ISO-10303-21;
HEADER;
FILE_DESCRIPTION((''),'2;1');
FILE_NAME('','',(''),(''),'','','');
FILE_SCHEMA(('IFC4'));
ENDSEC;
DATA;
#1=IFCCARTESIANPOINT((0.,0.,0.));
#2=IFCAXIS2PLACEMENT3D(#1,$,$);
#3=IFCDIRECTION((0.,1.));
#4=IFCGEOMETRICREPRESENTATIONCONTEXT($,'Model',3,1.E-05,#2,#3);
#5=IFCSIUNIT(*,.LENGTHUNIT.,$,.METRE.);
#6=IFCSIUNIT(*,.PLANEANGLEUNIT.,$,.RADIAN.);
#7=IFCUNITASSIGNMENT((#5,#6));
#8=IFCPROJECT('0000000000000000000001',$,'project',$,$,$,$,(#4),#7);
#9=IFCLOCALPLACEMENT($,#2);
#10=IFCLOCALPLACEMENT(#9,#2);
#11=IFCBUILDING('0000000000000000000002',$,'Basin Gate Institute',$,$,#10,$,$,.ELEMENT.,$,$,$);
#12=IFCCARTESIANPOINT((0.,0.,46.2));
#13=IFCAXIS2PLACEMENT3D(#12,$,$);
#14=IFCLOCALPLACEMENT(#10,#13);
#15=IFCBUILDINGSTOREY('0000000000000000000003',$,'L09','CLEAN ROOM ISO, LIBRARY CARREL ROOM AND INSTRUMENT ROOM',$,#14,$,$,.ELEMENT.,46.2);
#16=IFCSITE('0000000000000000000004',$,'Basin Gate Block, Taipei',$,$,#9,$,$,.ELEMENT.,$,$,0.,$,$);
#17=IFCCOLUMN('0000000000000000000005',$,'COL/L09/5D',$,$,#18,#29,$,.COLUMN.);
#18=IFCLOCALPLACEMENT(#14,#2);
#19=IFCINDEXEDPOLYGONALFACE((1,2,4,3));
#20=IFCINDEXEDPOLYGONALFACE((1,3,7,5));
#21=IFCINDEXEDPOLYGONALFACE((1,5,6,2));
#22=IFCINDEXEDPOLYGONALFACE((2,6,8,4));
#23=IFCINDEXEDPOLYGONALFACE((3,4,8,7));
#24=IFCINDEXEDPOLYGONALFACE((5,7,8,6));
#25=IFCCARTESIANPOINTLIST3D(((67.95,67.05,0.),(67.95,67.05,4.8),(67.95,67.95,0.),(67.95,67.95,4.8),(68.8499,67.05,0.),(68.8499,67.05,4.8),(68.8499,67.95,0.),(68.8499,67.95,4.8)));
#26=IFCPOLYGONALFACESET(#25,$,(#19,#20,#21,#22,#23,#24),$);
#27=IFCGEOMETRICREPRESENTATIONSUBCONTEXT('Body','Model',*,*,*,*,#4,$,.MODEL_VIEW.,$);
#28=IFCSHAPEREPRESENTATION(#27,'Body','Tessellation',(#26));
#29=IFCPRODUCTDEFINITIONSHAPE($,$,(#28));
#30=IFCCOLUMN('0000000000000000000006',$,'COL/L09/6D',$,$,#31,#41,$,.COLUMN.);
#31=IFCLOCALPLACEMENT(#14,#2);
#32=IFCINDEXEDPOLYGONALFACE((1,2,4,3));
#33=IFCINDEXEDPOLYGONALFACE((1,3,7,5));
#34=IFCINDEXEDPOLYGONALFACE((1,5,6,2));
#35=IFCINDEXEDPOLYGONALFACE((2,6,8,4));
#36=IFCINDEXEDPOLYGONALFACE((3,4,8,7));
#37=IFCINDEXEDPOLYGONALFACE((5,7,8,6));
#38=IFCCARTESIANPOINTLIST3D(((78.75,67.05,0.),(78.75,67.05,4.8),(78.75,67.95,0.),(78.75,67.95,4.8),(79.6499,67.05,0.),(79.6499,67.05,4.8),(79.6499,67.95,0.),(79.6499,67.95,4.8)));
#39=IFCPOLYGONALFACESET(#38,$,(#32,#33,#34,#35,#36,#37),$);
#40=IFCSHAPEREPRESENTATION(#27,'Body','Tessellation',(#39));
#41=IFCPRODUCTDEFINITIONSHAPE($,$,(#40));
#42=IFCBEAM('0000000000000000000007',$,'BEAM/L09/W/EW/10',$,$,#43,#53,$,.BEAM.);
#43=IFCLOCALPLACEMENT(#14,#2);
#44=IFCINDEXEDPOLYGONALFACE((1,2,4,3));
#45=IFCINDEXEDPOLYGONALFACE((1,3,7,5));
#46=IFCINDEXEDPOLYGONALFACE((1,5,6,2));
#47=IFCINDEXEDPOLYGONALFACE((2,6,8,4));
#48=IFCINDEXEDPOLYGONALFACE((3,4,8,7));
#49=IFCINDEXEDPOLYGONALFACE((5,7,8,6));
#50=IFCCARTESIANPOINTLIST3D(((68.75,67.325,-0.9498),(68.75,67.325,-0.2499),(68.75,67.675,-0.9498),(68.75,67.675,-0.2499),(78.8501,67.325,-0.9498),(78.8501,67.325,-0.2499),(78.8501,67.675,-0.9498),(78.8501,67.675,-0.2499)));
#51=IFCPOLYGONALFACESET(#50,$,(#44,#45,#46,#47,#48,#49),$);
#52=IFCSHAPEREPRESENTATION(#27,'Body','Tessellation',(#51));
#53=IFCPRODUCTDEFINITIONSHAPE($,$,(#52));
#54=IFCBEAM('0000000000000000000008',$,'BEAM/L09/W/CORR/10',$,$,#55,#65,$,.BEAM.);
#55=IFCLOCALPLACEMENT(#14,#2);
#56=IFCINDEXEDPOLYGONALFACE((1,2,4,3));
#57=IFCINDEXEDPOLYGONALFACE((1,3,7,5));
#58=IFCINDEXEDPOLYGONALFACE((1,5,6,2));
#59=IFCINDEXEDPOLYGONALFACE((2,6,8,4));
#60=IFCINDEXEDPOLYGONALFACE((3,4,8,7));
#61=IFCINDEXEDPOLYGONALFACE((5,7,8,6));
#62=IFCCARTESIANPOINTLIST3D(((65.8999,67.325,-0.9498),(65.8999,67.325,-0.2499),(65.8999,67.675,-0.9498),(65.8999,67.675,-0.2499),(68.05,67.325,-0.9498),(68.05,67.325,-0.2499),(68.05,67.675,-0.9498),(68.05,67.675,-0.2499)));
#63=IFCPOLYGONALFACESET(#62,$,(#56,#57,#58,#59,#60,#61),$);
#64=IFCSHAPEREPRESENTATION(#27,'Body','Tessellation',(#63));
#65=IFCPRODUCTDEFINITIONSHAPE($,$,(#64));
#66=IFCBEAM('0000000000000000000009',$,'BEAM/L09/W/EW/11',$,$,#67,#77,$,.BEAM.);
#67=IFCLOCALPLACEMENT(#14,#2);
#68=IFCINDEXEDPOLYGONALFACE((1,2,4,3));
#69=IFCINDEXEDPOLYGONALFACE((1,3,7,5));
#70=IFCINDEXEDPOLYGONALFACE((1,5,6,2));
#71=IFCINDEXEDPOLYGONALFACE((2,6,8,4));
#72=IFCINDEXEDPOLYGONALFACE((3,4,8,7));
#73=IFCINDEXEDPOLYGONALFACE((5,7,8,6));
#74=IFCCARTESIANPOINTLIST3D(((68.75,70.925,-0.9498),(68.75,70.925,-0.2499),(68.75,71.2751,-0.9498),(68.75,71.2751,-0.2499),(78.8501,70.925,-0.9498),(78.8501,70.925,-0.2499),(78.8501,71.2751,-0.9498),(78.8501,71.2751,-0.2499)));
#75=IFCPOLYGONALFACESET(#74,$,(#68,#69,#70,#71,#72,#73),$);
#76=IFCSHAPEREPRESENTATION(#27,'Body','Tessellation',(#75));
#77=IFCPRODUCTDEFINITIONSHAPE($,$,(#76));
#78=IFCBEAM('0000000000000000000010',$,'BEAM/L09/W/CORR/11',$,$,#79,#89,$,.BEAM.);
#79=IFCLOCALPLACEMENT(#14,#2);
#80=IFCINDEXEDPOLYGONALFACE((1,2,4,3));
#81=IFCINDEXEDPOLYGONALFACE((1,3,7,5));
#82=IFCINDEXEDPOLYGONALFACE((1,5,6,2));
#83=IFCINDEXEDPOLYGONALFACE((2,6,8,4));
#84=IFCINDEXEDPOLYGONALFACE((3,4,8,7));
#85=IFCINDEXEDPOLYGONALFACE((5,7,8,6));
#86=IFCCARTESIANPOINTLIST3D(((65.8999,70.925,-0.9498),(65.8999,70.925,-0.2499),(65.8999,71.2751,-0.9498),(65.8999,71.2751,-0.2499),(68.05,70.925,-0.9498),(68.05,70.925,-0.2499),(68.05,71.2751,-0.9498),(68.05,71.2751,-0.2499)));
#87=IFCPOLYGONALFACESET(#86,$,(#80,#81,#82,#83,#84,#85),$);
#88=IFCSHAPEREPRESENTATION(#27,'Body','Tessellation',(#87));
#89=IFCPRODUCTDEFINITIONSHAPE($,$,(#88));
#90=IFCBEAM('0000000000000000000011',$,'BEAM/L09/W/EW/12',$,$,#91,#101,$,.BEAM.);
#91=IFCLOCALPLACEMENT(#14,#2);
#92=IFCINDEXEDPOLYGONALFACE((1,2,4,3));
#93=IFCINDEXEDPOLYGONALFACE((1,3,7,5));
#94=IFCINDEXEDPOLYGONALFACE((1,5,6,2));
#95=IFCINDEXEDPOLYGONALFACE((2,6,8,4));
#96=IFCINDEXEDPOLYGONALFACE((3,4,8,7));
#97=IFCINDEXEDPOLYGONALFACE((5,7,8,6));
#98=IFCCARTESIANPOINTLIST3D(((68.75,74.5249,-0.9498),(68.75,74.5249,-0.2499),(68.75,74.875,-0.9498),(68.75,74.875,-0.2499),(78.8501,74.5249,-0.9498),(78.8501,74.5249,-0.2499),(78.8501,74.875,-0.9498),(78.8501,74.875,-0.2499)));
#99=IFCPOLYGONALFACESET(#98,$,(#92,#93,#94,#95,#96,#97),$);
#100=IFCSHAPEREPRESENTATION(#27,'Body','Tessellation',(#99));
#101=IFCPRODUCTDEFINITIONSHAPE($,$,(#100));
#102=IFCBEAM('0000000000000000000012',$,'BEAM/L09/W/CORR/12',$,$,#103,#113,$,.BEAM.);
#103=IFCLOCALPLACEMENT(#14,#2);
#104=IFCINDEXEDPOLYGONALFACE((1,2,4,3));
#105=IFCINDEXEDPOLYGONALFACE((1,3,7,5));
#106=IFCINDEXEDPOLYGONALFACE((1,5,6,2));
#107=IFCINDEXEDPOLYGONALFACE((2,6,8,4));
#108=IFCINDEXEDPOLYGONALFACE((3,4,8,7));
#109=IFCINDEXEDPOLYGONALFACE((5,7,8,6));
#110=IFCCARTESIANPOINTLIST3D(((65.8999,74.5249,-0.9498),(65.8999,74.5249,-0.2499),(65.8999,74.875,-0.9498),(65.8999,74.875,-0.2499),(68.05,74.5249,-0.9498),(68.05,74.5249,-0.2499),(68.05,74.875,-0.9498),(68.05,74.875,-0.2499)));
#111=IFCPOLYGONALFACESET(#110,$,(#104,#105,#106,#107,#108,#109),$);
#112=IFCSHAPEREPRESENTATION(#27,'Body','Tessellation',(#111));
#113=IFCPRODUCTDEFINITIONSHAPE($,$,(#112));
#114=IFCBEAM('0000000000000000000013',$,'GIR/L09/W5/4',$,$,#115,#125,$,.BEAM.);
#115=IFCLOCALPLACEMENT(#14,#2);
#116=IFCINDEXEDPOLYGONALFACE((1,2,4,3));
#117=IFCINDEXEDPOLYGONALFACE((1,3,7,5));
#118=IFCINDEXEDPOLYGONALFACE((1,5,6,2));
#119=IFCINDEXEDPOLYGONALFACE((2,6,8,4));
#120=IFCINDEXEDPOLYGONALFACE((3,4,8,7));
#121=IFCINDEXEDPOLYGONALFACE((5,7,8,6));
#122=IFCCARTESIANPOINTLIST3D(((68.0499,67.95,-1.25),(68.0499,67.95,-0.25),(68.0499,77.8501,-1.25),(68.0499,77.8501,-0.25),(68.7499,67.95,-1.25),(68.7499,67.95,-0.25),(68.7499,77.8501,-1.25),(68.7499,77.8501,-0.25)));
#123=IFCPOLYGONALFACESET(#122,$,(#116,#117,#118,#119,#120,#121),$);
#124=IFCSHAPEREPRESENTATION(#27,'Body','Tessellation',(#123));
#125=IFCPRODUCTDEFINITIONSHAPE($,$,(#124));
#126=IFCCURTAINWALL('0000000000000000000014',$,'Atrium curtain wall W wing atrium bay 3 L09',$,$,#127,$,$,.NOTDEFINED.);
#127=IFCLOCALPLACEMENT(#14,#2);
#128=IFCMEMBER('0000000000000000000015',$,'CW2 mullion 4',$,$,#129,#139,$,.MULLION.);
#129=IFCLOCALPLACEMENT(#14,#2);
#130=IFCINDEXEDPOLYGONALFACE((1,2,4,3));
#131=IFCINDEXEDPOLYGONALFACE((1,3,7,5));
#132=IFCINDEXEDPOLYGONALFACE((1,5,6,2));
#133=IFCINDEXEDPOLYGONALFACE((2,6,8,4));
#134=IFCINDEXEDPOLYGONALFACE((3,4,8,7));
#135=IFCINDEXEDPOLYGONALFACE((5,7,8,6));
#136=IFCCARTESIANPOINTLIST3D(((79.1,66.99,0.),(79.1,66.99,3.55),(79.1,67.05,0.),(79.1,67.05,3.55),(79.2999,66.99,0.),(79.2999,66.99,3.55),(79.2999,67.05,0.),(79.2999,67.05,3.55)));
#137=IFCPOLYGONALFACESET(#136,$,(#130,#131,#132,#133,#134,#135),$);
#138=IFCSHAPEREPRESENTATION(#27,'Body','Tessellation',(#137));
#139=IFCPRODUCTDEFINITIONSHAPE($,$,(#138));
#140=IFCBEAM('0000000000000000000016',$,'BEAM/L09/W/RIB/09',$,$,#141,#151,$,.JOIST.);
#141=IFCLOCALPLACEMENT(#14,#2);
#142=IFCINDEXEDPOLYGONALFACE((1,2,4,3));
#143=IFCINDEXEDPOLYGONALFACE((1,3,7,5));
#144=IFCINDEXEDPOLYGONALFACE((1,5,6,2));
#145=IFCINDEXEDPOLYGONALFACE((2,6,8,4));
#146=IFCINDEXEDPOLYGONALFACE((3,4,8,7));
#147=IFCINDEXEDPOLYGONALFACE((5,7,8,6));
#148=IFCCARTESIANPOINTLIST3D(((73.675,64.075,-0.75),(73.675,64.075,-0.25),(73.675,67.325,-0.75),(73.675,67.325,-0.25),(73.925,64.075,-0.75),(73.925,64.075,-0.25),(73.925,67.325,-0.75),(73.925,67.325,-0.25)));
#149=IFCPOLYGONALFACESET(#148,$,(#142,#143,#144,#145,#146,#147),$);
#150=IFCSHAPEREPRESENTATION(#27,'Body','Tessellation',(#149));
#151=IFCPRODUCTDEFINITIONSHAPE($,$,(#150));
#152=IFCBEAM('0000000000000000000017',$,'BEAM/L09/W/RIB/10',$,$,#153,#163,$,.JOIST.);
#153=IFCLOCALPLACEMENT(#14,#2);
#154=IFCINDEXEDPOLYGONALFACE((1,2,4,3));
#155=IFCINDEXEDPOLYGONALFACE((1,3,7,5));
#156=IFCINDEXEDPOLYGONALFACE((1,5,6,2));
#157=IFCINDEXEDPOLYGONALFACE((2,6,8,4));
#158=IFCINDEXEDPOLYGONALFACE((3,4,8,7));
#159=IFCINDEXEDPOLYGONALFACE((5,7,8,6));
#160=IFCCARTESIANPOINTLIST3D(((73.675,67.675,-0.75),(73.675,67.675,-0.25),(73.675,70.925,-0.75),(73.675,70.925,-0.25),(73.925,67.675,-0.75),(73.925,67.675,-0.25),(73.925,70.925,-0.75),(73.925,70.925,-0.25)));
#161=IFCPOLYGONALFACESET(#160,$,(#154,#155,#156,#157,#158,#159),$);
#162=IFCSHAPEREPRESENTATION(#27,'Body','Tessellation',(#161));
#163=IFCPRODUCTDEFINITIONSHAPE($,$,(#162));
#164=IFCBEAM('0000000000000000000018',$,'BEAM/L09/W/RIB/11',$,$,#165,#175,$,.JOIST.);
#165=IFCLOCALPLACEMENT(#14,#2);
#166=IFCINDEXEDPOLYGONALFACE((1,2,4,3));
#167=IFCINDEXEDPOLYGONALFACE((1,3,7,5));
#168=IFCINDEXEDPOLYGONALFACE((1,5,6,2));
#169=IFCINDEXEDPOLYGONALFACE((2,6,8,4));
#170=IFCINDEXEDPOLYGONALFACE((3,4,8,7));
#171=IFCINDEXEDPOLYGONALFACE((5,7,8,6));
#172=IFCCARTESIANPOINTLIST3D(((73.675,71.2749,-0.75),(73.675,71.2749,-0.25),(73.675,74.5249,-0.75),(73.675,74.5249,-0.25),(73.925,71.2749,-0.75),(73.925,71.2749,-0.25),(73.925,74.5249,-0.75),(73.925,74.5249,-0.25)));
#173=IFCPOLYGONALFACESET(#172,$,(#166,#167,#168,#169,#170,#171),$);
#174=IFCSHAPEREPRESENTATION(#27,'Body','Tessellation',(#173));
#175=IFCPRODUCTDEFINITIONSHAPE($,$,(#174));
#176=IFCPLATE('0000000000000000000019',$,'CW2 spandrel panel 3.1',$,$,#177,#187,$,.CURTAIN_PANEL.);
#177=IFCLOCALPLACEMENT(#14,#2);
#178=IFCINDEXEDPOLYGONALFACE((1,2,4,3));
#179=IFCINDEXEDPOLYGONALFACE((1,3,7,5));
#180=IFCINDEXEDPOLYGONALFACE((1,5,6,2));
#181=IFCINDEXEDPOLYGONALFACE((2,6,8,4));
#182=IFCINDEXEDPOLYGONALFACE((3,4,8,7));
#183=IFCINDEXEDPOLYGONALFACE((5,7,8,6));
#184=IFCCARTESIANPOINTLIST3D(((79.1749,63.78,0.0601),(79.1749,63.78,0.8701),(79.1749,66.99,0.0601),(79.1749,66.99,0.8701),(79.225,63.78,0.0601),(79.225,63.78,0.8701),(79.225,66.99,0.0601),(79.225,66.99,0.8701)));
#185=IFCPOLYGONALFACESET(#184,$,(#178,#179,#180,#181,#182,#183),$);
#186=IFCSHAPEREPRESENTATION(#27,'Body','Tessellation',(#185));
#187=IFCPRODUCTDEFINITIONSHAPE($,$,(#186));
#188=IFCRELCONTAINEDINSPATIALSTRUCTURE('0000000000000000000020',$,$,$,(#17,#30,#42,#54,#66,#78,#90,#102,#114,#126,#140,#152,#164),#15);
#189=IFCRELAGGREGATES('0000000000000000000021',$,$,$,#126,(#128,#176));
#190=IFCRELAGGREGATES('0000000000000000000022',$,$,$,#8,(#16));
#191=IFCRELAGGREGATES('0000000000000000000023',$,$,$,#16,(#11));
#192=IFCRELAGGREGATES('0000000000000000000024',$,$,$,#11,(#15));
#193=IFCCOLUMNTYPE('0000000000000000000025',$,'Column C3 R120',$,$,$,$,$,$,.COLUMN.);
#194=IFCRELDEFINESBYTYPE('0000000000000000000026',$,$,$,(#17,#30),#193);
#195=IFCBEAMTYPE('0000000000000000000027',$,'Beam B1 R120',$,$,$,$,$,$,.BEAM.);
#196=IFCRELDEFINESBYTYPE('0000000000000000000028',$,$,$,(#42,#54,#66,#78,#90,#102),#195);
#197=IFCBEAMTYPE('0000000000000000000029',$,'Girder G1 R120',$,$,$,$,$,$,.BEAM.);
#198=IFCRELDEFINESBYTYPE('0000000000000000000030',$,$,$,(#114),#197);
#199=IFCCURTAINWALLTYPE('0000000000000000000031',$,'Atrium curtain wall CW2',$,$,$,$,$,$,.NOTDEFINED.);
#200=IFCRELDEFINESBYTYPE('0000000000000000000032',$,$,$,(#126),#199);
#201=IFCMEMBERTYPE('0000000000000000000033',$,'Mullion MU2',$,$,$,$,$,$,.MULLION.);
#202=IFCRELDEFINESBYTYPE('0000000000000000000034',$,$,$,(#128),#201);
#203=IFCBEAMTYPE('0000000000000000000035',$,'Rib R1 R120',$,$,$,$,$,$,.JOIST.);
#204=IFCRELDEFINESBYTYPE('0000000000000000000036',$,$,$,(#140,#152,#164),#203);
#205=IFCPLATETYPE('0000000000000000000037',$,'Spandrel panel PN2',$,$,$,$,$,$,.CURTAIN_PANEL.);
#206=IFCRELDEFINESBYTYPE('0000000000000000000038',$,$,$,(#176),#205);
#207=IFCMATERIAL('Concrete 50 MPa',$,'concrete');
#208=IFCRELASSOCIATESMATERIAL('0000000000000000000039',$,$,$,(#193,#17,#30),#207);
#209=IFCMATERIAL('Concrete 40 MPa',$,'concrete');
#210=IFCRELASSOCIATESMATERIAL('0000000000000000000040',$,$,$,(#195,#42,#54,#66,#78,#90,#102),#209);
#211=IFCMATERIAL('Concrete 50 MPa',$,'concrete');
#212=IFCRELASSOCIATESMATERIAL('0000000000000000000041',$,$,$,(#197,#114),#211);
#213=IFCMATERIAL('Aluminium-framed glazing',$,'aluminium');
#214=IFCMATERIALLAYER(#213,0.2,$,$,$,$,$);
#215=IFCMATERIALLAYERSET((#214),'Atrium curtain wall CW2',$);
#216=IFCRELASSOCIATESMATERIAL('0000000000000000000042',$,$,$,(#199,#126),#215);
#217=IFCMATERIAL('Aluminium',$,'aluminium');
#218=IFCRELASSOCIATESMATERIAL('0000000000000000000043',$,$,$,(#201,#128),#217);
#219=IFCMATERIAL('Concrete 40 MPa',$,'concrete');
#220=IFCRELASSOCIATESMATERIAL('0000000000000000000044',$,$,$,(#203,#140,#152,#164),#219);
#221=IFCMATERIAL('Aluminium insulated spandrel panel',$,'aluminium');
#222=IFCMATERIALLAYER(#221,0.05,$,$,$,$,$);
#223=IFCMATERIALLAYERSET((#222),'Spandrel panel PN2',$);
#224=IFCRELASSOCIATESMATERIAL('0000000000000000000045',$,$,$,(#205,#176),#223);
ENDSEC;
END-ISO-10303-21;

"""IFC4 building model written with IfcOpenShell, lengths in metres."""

from ifc_helpers import new_model, si_unit, direction, frame, origin, origin_2d, place, context, subcontext, project, spatial, rectangle, extrude, material, layer, layer_set, material_profile, profile_set, type_object, element, aggregate, save


model = new_model("IFC4")

# Units and contexts
model_context = context("Model", 3, precision=1e-05, world=origin(), true_north=direction((0.0, 1.0)))
body_context = subcontext(model_context, "Body", "Model", "MODEL_VIEW")
ifc_project = project(units=[si_unit("LENGTHUNIT", "METRE"), si_unit("PLANEANGLEUNIT", "RADIAN")], contexts=[model_context])

# Site, building, storey
site_placement = place(None, origin())
site = spatial("IfcSite", under=ifc_project, at=site_placement, Name="Basin Gate Block, Taipei", CompositionType="ELEMENT", RefElevation=0.0)
building_placement = place(site_placement, origin())
building = spatial("IfcBuilding", under=site, at=building_placement, Name="Basin Gate Institute", CompositionType="ELEMENT")
storey_placement = place(building_placement, frame((0.0, 0.0, 46.2)))
storey = spatial("IfcBuildingStorey", under=building, at=storey_placement, Name="L09", Description="CLEAN ROOM ISO, LIBRARY CARREL ROOM AND INSTRUMENT ROOM", CompositionType="ELEMENT", Elevation=46.2)

# Columns
ifc_material_1 = material(Name="Concrete 50 MPa", Category="concrete")
ifc_material_profile_1 = material_profile(ifc_material_1, rectangle(XDim=0.8999, YDim=0.8999, at=origin_2d()), Name="Column C3 900 x 900")
ifc_profile_set_1 = profile_set([ifc_material_profile_1], Name="Concrete 50 MPa")
column_type = type_object("IfcColumnType", Name="Column C3 R120", PredefinedType="COLUMN", material=ifc_profile_set_1)
for number, where, z_axis, x_axis, name in (
    (1, (68.3999, 67.5, 0.0), (0.0, 0.0, 1.0), (1.0, 0.0, 0.0), "COL/L09/5D"),
    (2, (79.2, 67.5, 0.0), (0.0, 0.0, 1.0), (1.0, 0.0, 0.0), "COL/L09/6D"),
):
    element("IfcColumn", number, at=place(storey_placement, frame(where, z_axis=z_axis, x_axis=x_axis)), inside=storey, type_object=column_type, material=ifc_profile_set_1, Name=name, PredefinedType="COLUMN", context=body_context, shape_type="SweptSolid", body=[
        extrude(rectangle(XDim=0.8999, YDim=0.8999, at=origin_2d()), origin(), (0.0, 0.0, 1.0), 4.8),
    ])

# Beams
ifc_material_2 = material(Name="Concrete 40 MPa", Category="concrete")
ifc_material_profile_2 = material_profile(ifc_material_2, rectangle(XDim=0.3501, YDim=0.7, at=origin_2d()), Name="Beam B1 350 x 700")
ifc_profile_set_2 = profile_set([ifc_material_profile_2], Name="Concrete 40 MPa")
beam_type_1 = type_object("IfcBeamType", Name="Beam B1 R120", PredefinedType="BEAM", material=ifc_profile_set_2)
beam_1_placement = place(storey_placement, frame((68.75, 67.5, -0.5999), z_axis=(1.0, 0.0, 0.0), x_axis=(0.0, 1.0, 0.0)))
element("IfcBeam", 3, at=beam_1_placement, inside=storey, type_object=beam_type_1, material=ifc_profile_set_2, Name="BEAM/L09/W/EW/10", PredefinedType="BEAM", context=body_context, shape_type="SweptSolid", body=[
    extrude(rectangle(XDim=0.3501, YDim=0.7, at=origin_2d()), origin(), (0.0, 0.0, 1.0), 10.1001),
])
beam_2_placement = place(storey_placement, frame((65.8999, 67.5, -0.5999), z_axis=(1.0, 0.0, 0.0), x_axis=(0.0, 1.0, 0.0)))
element("IfcBeam", 4, at=beam_2_placement, inside=storey, type_object=beam_type_1, material=ifc_profile_set_2, Name="BEAM/L09/W/CORR/10", PredefinedType="BEAM", context=body_context, shape_type="SweptSolid", body=[
    extrude(rectangle(XDim=0.3501, YDim=0.7, at=origin_2d()), origin(), (0.0, 0.0, 1.0), 2.1501),
])
beam_3_placement = place(storey_placement, frame((68.75, 71.1001, -0.5999), z_axis=(1.0, 0.0, 0.0), x_axis=(0.0, 1.0, 0.0)))
element("IfcBeam", 5, at=beam_3_placement, inside=storey, type_object=beam_type_1, material=ifc_profile_set_2, Name="BEAM/L09/W/EW/11", PredefinedType="BEAM", context=body_context, shape_type="SweptSolid", body=[
    extrude(rectangle(XDim=0.3501, YDim=0.7, at=origin_2d()), origin(), (0.0, 0.0, 1.0), 10.1001),
])
beam_4_placement = place(storey_placement, frame((65.8999, 71.1001, -0.5999), z_axis=(1.0, 0.0, 0.0), x_axis=(0.0, 1.0, 0.0)))
element("IfcBeam", 6, at=beam_4_placement, inside=storey, type_object=beam_type_1, material=ifc_profile_set_2, Name="BEAM/L09/W/CORR/11", PredefinedType="BEAM", context=body_context, shape_type="SweptSolid", body=[
    extrude(rectangle(XDim=0.3501, YDim=0.7, at=origin_2d()), origin(), (0.0, 0.0, 1.0), 2.1501),
])
beam_5_placement = place(storey_placement, frame((68.75, 74.7, -0.5999), z_axis=(1.0, 0.0, 0.0), x_axis=(0.0, 1.0, 0.0)))
element("IfcBeam", 7, at=beam_5_placement, inside=storey, type_object=beam_type_1, material=ifc_profile_set_2, Name="BEAM/L09/W/EW/12", PredefinedType="BEAM", context=body_context, shape_type="SweptSolid", body=[
    extrude(rectangle(XDim=0.3501, YDim=0.7, at=origin_2d()), origin(), (0.0, 0.0, 1.0), 10.1001),
])
beam_6_placement = place(storey_placement, frame((65.8999, 74.7, -0.5999), z_axis=(1.0, 0.0, 0.0), x_axis=(0.0, 1.0, 0.0)))
element("IfcBeam", 8, at=beam_6_placement, inside=storey, type_object=beam_type_1, material=ifc_profile_set_2, Name="BEAM/L09/W/CORR/12", PredefinedType="BEAM", context=body_context, shape_type="SweptSolid", body=[
    extrude(rectangle(XDim=0.3501, YDim=0.7, at=origin_2d()), origin(), (0.0, 0.0, 1.0), 2.1501),
])
ifc_material_3 = material(Name="Concrete 50 MPa", Category="concrete")
ifc_material_profile_3 = material_profile(ifc_material_3, rectangle(XDim=0.7, YDim=1.0, at=origin_2d()), Name="Girder G1 700 x 1000")
ifc_profile_set_3 = profile_set([ifc_material_profile_3], Name="Concrete 50 MPa")
beam_type_2 = type_object("IfcBeamType", Name="Girder G1 R120", PredefinedType="BEAM", material=ifc_profile_set_3)
beam_7_placement = place(storey_placement, frame((68.3999, 67.95, -0.75), z_axis=(0.0, 1.0, 0.0), x_axis=(-1.0, 0.0, 0.0)))
element("IfcBeam", 9, at=beam_7_placement, inside=storey, type_object=beam_type_2, material=ifc_profile_set_3, Name="GIR/L09/W5/4", PredefinedType="BEAM", context=body_context, shape_type="SweptSolid", body=[
    extrude(rectangle(XDim=0.7, YDim=1.0, at=origin_2d()), origin(), (0.0, 0.0, 1.0), 9.9001),
])

# Curtain wall, member
ifc_material_4 = material(Name="Aluminium-framed glazing", Category="aluminium")
ifc_layer_1 = layer(ifc_material_4, 0.2)
ifc_layer_set_1 = layer_set([ifc_layer_1], Name="Atrium curtain wall CW2")
curtain_wall_type = type_object("IfcCurtainWallType", Name="Atrium curtain wall CW2", PredefinedType="NOTDEFINED", material=ifc_layer_set_1)
curtain_wall_placement = place(storey_placement, origin())
curtain_wall = element("IfcCurtainWall", 10, at=curtain_wall_placement, inside=storey, type_object=curtain_wall_type, material=ifc_layer_set_1, Name="Atrium curtain wall W wing atrium bay 3 L09", PredefinedType="NOTDEFINED")
ifc_material_5 = material(Name="Aluminium", Category="aluminium")
ifc_material_profile_4 = material_profile(ifc_material_5, rectangle(XDim=0.2, YDim=0.0601, at=origin_2d()), Name="Mullion MU2 200 x 60")
ifc_profile_set_4 = profile_set([ifc_material_profile_4], Name="Aluminium")
member_type = type_object("IfcMemberType", Name="Mullion MU2", PredefinedType="MULLION", material=ifc_profile_set_4)
member_placement = place(storey_placement, frame((79.2, 67.02, 0.0), z_axis=(0.0, 0.0, 1.0), x_axis=(-1.0, 0.0, 0.0)))
member = element("IfcMember", 11, at=member_placement, type_object=member_type, material=ifc_profile_set_4, Name="CW2 mullion 4", PredefinedType="MULLION", context=body_context, shape_type="SweptSolid", body=[
    extrude(rectangle(XDim=0.2, YDim=0.0601, at=origin_2d()), origin(), (0.0, 0.0, 1.0), 3.55),
])

# Beams
ifc_material_6 = material(Name="Concrete 40 MPa", Category="concrete")
ifc_material_profile_5 = material_profile(ifc_material_6, rectangle(XDim=0.25, YDim=0.5, at=origin_2d()), Name="Rib R1 250 x 500")
ifc_profile_set_5 = profile_set([ifc_material_profile_5], Name="Concrete 40 MPa")
beam_type_3 = type_object("IfcBeamType", Name="Rib R1 R120", PredefinedType="JOIST", material=ifc_profile_set_5)
for number, where, z_axis, x_axis, name in (
    (12, (73.8, 64.075, -0.5), (0.0, 1.0, 0.0), (-1.0, 0.0, 0.0), "BEAM/L09/W/RIB/09"),
    (13, (73.8, 67.675, -0.5), (0.0, 1.0, 0.0), (-1.0, 0.0, 0.0), "BEAM/L09/W/RIB/10"),
    (14, (73.8, 71.2749, -0.5), (0.0, 1.0, 0.0), (-1.0, 0.0, 0.0), "BEAM/L09/W/RIB/11"),
):
    element("IfcBeam", number, at=place(storey_placement, frame(where, z_axis=z_axis, x_axis=x_axis)), inside=storey, type_object=beam_type_3, material=ifc_profile_set_5, Name=name, PredefinedType="JOIST", context=body_context, shape_type="SweptSolid", body=[
        extrude(rectangle(XDim=0.25, YDim=0.5, at=origin_2d()), origin(), (0.0, 0.0, 1.0), 3.25),
    ])

# Plate
ifc_material_7 = material(Name="Aluminium insulated spandrel panel", Category="aluminium")
ifc_layer_2 = layer(ifc_material_7, 0.05)
ifc_layer_set_2 = layer_set([ifc_layer_2], Name="Spandrel panel PN2")
plate_type_1 = type_object("IfcPlateType", Name="Spandrel panel PN2", PredefinedType="CURTAIN_PANEL", material=ifc_layer_set_2)
plate_1_placement = place(storey_placement, frame((79.2, 65.385, 0.0601), z_axis=(0.0, 0.0, 1.0), x_axis=(0.0, 1.0, 0.0)))
plate_1 = element("IfcPlate", 15, at=plate_1_placement, type_object=plate_type_1, material=ifc_layer_set_2, Name="CW2 spandrel panel 3.1", PredefinedType="CURTAIN_PANEL", context=body_context, shape_type="SweptSolid", body=[
    extrude(rectangle(XDim=3.21, YDim=0.05, at=origin_2d()), origin(), (0.0, 0.0, 1.0), 0.8101),
])
aggregate(curtain_wall, [member, plate_1])

save(model, "model.ifc")
